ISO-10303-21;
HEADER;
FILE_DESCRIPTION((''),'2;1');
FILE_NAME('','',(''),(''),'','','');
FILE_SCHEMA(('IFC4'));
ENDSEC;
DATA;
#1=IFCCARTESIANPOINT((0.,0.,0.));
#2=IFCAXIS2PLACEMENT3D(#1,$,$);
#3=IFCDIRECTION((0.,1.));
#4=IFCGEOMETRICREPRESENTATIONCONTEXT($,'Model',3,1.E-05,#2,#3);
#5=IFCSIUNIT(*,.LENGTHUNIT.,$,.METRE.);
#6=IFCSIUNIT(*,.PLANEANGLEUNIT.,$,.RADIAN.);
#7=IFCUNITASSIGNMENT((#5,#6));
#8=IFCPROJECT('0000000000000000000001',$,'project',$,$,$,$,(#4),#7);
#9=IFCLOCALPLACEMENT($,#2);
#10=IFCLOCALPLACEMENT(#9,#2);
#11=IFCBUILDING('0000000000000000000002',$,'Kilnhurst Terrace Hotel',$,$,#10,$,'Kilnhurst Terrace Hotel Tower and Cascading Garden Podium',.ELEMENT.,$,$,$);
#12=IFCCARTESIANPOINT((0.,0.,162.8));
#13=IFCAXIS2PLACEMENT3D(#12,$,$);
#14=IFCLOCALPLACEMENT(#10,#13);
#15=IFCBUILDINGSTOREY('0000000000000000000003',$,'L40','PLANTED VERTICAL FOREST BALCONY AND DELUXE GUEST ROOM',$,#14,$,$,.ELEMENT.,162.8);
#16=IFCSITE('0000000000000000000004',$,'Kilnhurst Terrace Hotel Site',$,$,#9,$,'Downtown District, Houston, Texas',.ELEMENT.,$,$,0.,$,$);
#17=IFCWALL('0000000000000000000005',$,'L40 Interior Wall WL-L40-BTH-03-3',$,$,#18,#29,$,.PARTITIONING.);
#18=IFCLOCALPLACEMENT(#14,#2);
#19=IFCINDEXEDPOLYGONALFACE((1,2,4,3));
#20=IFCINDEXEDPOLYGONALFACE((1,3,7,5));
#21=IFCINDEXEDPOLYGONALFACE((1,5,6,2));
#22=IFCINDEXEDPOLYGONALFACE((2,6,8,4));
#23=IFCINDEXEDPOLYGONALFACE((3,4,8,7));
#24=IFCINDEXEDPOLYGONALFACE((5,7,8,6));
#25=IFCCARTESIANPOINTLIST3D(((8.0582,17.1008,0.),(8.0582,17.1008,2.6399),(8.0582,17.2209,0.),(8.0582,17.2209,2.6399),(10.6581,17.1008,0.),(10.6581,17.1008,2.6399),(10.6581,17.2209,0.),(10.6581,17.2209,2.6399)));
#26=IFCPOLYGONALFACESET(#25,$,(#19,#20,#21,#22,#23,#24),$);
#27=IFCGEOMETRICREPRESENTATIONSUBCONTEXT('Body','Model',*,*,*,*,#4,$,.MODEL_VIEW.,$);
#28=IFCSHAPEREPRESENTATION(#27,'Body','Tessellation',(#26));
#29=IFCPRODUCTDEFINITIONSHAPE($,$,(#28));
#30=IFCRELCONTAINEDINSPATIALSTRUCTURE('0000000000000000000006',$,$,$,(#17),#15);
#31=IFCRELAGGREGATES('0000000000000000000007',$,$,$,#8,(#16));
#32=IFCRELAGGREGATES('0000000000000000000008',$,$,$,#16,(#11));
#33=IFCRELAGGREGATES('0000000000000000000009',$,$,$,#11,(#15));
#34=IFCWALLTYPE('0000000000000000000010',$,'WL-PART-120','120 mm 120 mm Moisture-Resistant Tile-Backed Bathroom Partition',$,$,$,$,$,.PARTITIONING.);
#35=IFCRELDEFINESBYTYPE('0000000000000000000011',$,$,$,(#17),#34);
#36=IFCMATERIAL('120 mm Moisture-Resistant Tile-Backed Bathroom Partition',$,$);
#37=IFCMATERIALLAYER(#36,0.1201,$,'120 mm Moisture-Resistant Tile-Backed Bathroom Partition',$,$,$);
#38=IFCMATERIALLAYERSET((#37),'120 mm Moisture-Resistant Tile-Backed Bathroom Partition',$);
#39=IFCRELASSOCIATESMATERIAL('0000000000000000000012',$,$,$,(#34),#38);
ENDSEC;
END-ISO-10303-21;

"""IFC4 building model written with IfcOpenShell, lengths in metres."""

from ifc_helpers import new_model, si_unit, direction, frame, frame_2d, origin, place, context, subcontext, project, spatial, rectangle, extrude, material, layer, layer_set, type_object, element, save


model = new_model("IFC4")

# Units and contexts
model_context = context("Model", 3, precision=1e-05, world=origin(), true_north=direction((0.0, 1.0)))
body_context = subcontext(model_context, "Body", "Model", "MODEL_VIEW")
ifc_project = project(units=[si_unit("LENGTHUNIT", "METRE"), si_unit("PLANEANGLEUNIT", "RADIAN")], contexts=[model_context])

# Site, building, storey
site_placement = place(None, origin())
site = spatial("IfcSite", under=ifc_project, at=site_placement, Name="Kilnhurst Terrace Hotel Site", LongName="Downtown District, Houston, Texas", CompositionType="ELEMENT", RefElevation=0.0)
building_placement = place(site_placement, origin())
building = spatial("IfcBuilding", under=site, at=building_placement, Name="Kilnhurst Terrace Hotel", LongName="Kilnhurst Terrace Hotel Tower and Cascading Garden Podium", CompositionType="ELEMENT")
storey_placement = place(building_placement, frame((0.0, 0.0, 162.8)))
storey = spatial("IfcBuildingStorey", under=building, at=storey_placement, Name="L40", Description="PLANTED VERTICAL FOREST BALCONY AND DELUXE GUEST ROOM", CompositionType="ELEMENT", Elevation=162.8)

# Wall
ifc_material_1 = material(Name="120 mm Moisture-Resistant Tile-Backed Bathroom Partition")
ifc_layer_1 = layer(ifc_material_1, 0.1201, Name="120 mm Moisture-Resistant Tile-Backed Bathroom Partition")
ifc_layer_set_1 = layer_set([ifc_layer_1], Name="120 mm Moisture-Resistant Tile-Backed Bathroom Partition")
wall_type_1 = type_object("IfcWallType", Name="WL-PART-120", Description="120 mm 120 mm Moisture-Resistant Tile-Backed Bathroom Partition", PredefinedType="PARTITIONING", material=ifc_layer_set_1)
wall_1_placement = place(storey_placement, frame((10.658, 17.1609, 0.0), z_axis=(0.0, 0.0, 1.0), x_axis=(-1.0, 0.0, 0.0)))
element("IfcWall", 1, at=wall_1_placement, inside=storey, type_object=wall_type_1, Name="L40 Interior Wall WL-L40-BTH-03-3", PredefinedType="PARTITIONING", context=body_context, shape_type="SweptSolid", body=[
    extrude(rectangle(XDim=2.5999, YDim=0.1201, at=frame_2d((1.2998, 0.0))), origin(), (0.0, 0.0, 1.0), 2.6399),
])

save(model, "model.ifc")
